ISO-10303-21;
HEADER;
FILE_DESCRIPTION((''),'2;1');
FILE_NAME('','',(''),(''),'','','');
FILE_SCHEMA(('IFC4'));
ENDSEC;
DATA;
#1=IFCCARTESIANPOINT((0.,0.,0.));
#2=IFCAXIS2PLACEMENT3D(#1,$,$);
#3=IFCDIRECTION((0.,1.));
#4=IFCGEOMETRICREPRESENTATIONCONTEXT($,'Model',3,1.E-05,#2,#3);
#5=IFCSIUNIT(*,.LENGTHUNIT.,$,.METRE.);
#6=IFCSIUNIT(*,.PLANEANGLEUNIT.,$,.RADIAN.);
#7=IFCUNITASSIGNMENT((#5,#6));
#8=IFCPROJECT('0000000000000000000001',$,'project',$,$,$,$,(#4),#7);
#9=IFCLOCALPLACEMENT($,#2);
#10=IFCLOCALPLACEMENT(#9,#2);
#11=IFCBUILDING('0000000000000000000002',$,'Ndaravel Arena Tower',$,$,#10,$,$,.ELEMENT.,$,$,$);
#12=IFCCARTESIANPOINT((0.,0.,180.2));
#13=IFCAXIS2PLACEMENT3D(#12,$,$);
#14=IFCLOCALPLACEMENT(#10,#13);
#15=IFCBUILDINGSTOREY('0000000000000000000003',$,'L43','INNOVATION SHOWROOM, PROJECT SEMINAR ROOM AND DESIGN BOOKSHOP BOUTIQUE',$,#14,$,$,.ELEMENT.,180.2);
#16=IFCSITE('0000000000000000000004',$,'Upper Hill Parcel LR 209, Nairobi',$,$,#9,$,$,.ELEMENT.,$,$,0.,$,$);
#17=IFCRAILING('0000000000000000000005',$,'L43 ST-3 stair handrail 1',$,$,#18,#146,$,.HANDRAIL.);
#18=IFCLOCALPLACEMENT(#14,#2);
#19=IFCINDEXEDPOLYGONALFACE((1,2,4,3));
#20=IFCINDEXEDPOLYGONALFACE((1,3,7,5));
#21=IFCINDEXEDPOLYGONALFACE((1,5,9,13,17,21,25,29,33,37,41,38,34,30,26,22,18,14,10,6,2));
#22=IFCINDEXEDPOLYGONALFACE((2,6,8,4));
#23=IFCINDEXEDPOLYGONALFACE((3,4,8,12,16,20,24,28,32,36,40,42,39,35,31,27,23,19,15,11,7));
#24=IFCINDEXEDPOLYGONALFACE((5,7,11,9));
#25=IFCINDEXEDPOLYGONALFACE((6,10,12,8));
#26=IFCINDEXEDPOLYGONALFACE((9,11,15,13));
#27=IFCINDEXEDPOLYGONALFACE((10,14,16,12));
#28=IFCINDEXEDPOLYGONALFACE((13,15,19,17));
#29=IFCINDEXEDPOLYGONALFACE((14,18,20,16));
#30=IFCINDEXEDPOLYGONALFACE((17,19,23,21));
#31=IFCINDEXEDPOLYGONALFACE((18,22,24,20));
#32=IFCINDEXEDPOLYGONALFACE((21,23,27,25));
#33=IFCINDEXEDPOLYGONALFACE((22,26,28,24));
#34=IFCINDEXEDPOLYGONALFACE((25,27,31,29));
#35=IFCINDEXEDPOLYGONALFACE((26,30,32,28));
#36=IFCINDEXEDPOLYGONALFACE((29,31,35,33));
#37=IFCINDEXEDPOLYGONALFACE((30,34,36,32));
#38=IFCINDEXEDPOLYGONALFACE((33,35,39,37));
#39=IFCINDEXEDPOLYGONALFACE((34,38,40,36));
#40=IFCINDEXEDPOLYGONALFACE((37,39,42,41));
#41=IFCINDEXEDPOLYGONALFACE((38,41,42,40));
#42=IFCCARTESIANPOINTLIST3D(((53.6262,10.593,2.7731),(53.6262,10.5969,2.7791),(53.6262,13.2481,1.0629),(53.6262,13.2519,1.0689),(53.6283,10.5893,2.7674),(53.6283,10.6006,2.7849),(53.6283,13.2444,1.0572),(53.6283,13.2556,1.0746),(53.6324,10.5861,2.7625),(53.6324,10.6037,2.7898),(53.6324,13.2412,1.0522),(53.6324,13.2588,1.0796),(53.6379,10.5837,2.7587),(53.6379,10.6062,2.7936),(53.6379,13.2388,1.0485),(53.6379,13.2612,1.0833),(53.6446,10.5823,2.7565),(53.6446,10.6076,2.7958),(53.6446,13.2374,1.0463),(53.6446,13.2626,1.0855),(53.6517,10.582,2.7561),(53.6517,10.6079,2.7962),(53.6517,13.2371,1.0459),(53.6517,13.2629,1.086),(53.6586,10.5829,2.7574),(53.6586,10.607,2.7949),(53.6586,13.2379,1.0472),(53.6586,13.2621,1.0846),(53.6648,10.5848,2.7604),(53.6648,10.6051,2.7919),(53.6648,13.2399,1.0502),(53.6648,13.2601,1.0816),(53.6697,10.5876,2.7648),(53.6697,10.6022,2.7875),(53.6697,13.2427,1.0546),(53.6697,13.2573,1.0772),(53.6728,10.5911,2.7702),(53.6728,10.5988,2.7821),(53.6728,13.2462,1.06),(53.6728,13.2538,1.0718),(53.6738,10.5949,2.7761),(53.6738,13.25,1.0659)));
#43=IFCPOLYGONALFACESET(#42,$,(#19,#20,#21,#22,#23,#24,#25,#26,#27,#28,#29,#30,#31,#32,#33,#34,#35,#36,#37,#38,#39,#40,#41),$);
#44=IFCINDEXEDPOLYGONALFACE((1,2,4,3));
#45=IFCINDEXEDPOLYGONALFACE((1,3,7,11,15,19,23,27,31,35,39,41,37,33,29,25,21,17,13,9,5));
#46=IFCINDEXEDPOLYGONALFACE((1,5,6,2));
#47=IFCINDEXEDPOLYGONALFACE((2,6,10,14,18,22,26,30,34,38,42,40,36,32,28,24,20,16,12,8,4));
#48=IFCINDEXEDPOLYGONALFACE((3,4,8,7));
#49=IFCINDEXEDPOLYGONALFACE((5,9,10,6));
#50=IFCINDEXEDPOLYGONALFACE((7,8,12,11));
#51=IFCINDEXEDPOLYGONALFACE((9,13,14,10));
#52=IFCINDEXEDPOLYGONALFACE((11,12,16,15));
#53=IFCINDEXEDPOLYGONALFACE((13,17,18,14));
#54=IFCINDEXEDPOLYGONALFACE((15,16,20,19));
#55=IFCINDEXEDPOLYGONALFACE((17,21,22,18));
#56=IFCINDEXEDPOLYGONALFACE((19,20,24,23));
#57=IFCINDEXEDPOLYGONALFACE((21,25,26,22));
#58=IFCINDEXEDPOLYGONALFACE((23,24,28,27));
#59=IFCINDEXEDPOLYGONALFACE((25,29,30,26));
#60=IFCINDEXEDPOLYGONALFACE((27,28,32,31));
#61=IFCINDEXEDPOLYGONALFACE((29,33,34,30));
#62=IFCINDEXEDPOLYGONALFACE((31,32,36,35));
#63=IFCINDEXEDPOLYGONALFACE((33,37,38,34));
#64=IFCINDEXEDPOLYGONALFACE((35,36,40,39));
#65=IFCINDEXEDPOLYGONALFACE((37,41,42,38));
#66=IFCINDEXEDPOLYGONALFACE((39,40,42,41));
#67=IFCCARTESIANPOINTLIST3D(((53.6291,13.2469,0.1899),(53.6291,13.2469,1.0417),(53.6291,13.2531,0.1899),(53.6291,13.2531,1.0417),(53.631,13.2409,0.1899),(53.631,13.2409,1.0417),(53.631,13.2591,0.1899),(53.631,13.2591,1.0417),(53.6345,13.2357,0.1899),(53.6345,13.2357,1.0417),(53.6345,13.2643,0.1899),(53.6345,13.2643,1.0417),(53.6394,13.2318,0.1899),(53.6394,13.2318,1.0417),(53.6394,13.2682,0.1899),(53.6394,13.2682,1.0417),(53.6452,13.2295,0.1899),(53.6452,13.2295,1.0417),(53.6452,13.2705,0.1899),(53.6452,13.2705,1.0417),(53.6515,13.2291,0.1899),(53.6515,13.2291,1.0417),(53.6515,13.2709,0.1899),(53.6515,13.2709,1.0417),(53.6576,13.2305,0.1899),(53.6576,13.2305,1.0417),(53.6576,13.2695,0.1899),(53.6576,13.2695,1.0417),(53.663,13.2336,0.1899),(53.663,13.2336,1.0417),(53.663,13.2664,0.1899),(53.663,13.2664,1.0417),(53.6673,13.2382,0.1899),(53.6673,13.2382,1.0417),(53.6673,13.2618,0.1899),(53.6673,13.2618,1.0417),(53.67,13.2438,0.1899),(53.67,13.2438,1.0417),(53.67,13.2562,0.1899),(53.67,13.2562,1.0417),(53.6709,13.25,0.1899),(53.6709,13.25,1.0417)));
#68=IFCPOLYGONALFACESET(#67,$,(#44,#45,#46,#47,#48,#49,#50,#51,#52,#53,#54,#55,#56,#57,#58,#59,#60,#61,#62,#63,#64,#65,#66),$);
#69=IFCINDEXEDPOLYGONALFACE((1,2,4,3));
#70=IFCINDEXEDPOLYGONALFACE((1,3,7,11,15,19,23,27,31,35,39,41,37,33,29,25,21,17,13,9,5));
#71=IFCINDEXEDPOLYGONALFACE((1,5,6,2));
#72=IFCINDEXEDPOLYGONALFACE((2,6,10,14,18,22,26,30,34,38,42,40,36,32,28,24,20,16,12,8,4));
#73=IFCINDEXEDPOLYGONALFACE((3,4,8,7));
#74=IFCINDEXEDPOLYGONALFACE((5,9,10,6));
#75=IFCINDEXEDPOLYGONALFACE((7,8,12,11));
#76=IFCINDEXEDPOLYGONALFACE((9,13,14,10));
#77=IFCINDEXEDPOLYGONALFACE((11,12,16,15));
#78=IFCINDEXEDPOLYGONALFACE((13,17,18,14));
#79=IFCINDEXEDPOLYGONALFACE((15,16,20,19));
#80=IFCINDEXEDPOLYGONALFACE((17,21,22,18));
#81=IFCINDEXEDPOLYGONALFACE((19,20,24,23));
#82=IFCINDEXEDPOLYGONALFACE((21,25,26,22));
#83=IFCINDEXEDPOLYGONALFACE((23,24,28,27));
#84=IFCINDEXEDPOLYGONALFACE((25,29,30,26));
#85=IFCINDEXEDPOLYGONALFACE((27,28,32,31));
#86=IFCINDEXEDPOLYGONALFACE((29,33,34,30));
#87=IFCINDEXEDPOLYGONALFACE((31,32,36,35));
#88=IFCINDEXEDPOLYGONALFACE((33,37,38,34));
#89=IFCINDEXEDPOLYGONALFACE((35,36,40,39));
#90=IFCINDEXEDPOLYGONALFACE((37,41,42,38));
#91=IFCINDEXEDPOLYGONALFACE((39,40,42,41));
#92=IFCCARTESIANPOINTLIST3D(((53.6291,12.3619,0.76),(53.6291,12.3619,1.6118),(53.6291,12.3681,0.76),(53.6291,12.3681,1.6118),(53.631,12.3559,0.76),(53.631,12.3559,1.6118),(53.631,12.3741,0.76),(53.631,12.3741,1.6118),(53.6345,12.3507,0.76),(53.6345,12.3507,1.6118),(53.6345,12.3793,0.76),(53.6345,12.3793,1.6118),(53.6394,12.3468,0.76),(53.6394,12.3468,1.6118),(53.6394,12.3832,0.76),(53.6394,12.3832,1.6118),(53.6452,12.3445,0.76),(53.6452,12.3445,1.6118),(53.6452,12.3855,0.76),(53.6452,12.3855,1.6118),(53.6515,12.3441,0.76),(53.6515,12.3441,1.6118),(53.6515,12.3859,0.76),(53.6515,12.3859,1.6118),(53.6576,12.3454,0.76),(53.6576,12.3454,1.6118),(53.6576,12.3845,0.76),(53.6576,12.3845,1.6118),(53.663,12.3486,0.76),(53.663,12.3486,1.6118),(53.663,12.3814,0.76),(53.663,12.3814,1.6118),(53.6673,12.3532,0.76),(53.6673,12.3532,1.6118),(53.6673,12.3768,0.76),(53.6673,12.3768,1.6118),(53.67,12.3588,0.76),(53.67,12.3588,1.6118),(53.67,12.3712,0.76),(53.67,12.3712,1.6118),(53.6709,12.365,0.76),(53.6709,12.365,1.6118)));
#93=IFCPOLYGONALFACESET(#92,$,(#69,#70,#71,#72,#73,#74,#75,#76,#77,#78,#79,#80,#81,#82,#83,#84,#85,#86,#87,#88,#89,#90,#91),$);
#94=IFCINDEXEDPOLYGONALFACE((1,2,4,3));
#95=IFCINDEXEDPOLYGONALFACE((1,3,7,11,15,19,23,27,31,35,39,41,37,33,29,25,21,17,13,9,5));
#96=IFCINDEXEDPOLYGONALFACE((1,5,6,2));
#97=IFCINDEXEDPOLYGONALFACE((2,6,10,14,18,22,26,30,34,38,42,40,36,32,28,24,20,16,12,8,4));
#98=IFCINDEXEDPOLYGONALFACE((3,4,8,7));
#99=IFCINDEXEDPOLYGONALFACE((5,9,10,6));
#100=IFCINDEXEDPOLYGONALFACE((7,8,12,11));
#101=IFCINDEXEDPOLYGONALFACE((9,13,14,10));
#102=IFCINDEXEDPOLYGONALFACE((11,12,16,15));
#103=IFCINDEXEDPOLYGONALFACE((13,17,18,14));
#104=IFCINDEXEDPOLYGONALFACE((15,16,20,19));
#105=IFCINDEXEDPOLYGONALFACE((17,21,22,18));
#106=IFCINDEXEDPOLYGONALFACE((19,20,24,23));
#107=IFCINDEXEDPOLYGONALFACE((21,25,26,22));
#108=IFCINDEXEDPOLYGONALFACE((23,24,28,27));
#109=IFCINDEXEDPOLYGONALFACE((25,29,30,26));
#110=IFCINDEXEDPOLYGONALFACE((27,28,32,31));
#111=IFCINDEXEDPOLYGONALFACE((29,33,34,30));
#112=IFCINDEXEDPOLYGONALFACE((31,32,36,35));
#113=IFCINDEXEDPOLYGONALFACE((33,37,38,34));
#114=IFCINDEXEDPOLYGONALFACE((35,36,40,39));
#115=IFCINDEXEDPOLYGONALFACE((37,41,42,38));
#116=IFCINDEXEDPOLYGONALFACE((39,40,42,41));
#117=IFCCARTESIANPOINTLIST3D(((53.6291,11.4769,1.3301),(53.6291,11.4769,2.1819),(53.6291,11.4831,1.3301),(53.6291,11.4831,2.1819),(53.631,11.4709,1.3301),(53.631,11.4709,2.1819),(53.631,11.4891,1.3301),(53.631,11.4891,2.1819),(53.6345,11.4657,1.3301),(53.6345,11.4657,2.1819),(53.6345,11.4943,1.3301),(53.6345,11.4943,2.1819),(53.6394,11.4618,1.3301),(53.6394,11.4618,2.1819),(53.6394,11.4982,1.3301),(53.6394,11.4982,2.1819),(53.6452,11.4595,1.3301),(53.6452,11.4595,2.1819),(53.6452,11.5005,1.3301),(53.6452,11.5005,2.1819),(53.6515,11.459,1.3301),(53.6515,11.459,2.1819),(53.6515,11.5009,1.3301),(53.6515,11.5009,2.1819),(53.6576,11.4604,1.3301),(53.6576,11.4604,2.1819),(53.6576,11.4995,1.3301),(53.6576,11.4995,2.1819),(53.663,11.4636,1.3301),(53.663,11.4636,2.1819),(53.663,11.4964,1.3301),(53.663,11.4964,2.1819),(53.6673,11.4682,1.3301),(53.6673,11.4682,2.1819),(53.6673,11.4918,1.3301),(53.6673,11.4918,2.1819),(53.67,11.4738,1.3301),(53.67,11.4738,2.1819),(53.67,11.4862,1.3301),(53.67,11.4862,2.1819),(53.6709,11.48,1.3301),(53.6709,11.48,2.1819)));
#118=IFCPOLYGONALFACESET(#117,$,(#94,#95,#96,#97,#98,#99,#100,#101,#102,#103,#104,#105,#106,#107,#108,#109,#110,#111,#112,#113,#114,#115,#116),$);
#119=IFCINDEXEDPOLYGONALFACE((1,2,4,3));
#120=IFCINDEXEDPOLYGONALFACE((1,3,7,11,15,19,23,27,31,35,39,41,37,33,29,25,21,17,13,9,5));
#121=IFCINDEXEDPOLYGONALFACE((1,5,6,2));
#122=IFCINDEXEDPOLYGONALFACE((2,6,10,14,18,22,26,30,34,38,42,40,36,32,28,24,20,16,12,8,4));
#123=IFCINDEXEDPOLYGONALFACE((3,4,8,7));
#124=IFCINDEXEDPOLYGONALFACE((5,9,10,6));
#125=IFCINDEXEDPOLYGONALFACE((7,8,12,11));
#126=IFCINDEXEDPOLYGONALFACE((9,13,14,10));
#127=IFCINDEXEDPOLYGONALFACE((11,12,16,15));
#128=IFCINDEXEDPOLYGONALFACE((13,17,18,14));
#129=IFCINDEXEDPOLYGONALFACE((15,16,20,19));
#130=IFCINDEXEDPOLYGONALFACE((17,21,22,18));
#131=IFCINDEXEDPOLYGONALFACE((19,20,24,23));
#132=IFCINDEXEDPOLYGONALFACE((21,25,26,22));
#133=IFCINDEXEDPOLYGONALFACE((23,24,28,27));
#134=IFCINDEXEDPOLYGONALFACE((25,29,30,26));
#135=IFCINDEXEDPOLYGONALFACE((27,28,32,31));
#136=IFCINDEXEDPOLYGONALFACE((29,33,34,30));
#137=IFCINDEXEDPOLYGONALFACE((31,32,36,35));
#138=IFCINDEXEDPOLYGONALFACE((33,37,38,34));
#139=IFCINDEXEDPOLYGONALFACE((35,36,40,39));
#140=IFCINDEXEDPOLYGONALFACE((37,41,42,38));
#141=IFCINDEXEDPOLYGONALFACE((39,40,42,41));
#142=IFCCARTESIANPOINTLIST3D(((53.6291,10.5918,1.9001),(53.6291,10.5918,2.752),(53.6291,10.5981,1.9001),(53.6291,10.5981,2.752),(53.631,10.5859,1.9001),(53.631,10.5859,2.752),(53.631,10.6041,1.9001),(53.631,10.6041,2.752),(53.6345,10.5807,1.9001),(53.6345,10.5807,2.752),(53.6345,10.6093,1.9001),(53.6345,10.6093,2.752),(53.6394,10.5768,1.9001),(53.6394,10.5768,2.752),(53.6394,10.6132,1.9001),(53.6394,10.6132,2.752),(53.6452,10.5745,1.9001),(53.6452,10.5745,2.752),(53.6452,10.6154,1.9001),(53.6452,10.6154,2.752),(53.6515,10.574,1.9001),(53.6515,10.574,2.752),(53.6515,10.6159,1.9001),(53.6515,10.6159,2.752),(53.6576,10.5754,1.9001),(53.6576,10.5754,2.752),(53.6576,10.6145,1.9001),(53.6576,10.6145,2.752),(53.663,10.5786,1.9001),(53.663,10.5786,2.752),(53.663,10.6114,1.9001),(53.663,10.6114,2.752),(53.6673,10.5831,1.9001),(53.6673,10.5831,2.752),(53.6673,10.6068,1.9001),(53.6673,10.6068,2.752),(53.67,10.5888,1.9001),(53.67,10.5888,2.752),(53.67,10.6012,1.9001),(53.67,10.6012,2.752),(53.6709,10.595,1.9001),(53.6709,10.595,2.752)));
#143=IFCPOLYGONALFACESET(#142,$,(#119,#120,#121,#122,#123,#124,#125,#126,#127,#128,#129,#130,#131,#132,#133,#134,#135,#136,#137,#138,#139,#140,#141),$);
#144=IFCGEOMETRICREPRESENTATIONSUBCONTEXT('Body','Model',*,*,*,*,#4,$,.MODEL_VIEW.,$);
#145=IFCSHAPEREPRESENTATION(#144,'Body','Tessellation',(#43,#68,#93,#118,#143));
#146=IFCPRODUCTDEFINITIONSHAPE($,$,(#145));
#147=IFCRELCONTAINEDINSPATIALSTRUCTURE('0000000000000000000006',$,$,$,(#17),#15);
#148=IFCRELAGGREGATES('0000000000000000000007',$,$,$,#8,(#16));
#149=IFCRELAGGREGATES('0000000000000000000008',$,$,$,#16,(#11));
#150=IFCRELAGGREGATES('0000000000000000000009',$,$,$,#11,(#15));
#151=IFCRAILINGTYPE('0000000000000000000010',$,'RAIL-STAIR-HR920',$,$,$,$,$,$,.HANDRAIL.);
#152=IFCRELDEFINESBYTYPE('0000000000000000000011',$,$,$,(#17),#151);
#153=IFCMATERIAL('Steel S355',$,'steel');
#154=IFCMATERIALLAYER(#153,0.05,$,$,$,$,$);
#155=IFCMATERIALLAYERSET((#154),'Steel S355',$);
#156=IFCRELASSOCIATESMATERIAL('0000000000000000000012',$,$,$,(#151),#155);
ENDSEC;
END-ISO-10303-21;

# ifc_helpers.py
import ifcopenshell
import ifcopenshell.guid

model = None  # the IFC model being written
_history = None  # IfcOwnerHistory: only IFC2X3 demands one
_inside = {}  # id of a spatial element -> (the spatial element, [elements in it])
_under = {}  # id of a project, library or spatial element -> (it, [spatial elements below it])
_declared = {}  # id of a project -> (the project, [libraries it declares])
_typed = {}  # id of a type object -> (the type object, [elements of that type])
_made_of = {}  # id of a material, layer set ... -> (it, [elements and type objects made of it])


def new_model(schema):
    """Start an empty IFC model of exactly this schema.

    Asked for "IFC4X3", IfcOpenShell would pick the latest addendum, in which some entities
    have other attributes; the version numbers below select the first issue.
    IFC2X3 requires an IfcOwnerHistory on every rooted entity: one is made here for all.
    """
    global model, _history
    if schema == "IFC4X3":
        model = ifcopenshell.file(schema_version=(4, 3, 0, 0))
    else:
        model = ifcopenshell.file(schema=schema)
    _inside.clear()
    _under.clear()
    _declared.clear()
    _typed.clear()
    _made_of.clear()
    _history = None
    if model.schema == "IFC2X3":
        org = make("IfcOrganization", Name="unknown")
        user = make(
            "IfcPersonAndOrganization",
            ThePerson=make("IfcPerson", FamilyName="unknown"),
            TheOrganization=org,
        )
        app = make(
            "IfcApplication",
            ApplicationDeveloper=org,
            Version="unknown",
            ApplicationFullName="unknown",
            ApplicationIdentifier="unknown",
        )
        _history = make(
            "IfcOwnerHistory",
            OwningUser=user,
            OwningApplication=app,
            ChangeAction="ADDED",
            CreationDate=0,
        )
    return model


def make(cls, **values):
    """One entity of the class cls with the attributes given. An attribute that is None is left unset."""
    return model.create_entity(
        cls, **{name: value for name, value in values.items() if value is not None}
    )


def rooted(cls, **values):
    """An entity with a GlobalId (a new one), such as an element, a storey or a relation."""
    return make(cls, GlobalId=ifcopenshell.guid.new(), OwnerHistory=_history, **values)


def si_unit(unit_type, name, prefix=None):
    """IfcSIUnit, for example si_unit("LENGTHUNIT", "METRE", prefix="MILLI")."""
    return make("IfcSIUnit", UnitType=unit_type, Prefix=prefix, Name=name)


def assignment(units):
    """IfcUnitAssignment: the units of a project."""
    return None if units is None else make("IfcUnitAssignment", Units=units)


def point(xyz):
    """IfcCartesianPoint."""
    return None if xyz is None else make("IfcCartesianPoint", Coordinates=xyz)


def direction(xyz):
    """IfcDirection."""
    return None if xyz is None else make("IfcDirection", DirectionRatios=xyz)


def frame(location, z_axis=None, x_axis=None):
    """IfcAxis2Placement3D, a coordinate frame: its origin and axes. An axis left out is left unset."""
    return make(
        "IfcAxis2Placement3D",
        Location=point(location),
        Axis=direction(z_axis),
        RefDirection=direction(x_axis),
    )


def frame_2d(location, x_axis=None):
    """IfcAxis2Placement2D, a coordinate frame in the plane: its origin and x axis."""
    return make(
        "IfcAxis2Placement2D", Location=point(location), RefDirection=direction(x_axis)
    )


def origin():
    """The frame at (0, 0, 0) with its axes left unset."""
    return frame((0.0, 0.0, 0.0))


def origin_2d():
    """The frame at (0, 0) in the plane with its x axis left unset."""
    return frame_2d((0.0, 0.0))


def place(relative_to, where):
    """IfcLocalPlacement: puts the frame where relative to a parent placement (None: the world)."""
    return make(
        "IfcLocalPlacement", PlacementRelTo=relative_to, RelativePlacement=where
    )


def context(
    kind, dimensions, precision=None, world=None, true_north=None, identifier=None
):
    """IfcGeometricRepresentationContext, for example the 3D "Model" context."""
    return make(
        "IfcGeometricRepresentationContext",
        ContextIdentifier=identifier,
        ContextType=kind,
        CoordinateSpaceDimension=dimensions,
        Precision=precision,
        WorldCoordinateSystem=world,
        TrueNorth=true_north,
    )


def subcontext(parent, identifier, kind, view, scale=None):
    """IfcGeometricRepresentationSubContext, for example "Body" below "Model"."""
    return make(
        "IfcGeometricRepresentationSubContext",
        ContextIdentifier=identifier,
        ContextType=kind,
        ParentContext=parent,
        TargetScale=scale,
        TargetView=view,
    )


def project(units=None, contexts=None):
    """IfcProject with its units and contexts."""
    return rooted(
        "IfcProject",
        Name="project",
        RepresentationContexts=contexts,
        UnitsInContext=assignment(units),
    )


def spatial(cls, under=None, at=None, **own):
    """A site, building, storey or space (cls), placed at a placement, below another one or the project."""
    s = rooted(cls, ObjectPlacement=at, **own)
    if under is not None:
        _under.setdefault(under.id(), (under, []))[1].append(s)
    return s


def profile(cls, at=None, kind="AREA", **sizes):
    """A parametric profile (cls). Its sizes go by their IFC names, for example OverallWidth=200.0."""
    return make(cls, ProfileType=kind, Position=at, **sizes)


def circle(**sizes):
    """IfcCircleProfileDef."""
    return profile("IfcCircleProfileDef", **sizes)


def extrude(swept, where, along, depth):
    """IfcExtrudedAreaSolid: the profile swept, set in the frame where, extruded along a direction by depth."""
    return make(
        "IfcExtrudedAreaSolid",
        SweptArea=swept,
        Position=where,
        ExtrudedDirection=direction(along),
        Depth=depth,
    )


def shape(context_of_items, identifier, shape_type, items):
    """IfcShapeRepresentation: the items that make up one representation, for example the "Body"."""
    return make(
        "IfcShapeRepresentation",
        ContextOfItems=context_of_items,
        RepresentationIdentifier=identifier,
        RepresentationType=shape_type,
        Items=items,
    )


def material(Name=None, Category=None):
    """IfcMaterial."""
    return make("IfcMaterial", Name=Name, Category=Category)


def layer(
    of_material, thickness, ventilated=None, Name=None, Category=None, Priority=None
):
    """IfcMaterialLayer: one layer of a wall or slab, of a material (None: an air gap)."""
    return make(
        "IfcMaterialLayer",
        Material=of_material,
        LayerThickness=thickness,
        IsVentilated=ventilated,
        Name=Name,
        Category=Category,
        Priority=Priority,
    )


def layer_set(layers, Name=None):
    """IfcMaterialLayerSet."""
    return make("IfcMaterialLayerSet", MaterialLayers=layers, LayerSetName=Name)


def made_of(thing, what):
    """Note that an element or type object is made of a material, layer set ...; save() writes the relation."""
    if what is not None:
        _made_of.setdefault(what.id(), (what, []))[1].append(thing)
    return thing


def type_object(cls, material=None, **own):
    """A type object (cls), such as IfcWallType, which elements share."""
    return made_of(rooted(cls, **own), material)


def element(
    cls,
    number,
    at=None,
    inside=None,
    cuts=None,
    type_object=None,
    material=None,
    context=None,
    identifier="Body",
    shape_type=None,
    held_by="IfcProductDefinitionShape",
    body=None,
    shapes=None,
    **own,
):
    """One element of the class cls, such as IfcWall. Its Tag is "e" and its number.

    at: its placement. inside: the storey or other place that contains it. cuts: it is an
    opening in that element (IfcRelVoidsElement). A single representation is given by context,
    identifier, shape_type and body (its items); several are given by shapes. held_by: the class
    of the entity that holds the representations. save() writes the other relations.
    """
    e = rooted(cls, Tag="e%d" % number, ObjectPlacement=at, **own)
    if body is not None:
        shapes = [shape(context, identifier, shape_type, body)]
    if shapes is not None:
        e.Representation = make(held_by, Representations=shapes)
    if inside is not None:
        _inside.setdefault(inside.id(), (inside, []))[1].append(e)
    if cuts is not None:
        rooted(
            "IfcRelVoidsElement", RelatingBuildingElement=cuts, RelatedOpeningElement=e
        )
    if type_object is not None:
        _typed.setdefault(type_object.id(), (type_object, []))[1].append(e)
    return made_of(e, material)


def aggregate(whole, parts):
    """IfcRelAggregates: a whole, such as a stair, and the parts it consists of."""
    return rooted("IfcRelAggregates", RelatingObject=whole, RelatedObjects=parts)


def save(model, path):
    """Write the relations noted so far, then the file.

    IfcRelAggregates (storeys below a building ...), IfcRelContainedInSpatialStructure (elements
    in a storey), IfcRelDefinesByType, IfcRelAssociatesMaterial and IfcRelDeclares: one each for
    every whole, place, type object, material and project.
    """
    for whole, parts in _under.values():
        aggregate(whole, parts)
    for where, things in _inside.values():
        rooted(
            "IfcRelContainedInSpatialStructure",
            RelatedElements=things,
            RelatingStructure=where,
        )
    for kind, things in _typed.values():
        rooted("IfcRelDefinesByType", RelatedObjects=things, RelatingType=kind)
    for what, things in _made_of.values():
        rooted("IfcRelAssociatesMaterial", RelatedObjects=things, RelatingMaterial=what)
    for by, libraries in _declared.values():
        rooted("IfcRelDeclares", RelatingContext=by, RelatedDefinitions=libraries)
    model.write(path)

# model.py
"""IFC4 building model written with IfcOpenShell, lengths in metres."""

from ifc_helpers import new_model, si_unit, direction, frame, origin, origin_2d, place, context, subcontext, project, spatial, circle, extrude, material, layer, layer_set, type_object, element, save


model = new_model("IFC4")

# Units and contexts
model_context = context("Model", 3, precision=1e-05, world=origin(), true_north=direction((0.0, 1.0)))
body_context = subcontext(model_context, "Body", "Model", "MODEL_VIEW")
ifc_project = project(units=[si_unit("LENGTHUNIT", "METRE"), si_unit("PLANEANGLEUNIT", "RADIAN")], contexts=[model_context])

# Site, building, storey
site_placement = place(None, origin())
site = spatial("IfcSite", under=ifc_project, at=site_placement, Name="Upper Hill Parcel LR 209, Nairobi", CompositionType="ELEMENT", RefElevation=0.0)
building_placement = place(site_placement, origin())
building = spatial("IfcBuilding", under=site, at=building_placement, Name="Ndaravel Arena Tower", CompositionType="ELEMENT")
storey_placement = place(building_placement, frame((0.0, 0.0, 180.2)))
storey = spatial("IfcBuildingStorey", under=building, at=storey_placement, Name="L43", Description="INNOVATION SHOWROOM, PROJECT SEMINAR ROOM AND DESIGN BOOKSHOP BOUTIQUE", CompositionType="ELEMENT", Elevation=180.2)

# Railing
ifc_material_1 = material(Name="Steel S355", Category="steel")
ifc_layer_1 = layer(ifc_material_1, 0.05)
ifc_layer_set_1 = layer_set([ifc_layer_1], Name="Steel S355")
railing_type_1 = type_object("IfcRailingType", Name="RAIL-STAIR-HR920", PredefinedType="HANDRAIL", material=ifc_layer_set_1)
railing_1_placement = place(storey_placement, frame((53.6499, 13.25, 0.1899)))
element("IfcRailing", 1, at=railing_1_placement, inside=storey, type_object=railing_type_1, Name="L43 ST-3 stair handrail 1", PredefinedType="HANDRAIL", context=body_context, shape_type="SweptSolid", body=[
    extrude(circle(Radius=0.0239, at=origin_2d()), frame((0.0, 0.0, 0.876), z_axis=(0.0, -0.840688, 0.541519), x_axis=(1.0, 0.0, 0.0)), (0.0, 0.0, 1.0), 3.1582),
    extrude(circle(Radius=0.021, at=origin_2d()), origin(), (0.0, 0.0, 1.0), 0.8518),
    extrude(circle(Radius=0.021, at=origin_2d()), frame((0.0, -0.885, 0.5701)), (0.0, 0.0, 1.0), 0.8518),
    extrude(circle(Radius=0.021, at=origin_2d()), frame((0.0, -1.77, 1.1401)), (0.0, 0.0, 1.0), 0.8518),
    extrude(circle(Radius=0.021, at=origin_2d()), frame((0.0, -2.655, 1.7102)), (0.0, 0.0, 1.0), 0.8518),
])

save(model, "model.ifc")
